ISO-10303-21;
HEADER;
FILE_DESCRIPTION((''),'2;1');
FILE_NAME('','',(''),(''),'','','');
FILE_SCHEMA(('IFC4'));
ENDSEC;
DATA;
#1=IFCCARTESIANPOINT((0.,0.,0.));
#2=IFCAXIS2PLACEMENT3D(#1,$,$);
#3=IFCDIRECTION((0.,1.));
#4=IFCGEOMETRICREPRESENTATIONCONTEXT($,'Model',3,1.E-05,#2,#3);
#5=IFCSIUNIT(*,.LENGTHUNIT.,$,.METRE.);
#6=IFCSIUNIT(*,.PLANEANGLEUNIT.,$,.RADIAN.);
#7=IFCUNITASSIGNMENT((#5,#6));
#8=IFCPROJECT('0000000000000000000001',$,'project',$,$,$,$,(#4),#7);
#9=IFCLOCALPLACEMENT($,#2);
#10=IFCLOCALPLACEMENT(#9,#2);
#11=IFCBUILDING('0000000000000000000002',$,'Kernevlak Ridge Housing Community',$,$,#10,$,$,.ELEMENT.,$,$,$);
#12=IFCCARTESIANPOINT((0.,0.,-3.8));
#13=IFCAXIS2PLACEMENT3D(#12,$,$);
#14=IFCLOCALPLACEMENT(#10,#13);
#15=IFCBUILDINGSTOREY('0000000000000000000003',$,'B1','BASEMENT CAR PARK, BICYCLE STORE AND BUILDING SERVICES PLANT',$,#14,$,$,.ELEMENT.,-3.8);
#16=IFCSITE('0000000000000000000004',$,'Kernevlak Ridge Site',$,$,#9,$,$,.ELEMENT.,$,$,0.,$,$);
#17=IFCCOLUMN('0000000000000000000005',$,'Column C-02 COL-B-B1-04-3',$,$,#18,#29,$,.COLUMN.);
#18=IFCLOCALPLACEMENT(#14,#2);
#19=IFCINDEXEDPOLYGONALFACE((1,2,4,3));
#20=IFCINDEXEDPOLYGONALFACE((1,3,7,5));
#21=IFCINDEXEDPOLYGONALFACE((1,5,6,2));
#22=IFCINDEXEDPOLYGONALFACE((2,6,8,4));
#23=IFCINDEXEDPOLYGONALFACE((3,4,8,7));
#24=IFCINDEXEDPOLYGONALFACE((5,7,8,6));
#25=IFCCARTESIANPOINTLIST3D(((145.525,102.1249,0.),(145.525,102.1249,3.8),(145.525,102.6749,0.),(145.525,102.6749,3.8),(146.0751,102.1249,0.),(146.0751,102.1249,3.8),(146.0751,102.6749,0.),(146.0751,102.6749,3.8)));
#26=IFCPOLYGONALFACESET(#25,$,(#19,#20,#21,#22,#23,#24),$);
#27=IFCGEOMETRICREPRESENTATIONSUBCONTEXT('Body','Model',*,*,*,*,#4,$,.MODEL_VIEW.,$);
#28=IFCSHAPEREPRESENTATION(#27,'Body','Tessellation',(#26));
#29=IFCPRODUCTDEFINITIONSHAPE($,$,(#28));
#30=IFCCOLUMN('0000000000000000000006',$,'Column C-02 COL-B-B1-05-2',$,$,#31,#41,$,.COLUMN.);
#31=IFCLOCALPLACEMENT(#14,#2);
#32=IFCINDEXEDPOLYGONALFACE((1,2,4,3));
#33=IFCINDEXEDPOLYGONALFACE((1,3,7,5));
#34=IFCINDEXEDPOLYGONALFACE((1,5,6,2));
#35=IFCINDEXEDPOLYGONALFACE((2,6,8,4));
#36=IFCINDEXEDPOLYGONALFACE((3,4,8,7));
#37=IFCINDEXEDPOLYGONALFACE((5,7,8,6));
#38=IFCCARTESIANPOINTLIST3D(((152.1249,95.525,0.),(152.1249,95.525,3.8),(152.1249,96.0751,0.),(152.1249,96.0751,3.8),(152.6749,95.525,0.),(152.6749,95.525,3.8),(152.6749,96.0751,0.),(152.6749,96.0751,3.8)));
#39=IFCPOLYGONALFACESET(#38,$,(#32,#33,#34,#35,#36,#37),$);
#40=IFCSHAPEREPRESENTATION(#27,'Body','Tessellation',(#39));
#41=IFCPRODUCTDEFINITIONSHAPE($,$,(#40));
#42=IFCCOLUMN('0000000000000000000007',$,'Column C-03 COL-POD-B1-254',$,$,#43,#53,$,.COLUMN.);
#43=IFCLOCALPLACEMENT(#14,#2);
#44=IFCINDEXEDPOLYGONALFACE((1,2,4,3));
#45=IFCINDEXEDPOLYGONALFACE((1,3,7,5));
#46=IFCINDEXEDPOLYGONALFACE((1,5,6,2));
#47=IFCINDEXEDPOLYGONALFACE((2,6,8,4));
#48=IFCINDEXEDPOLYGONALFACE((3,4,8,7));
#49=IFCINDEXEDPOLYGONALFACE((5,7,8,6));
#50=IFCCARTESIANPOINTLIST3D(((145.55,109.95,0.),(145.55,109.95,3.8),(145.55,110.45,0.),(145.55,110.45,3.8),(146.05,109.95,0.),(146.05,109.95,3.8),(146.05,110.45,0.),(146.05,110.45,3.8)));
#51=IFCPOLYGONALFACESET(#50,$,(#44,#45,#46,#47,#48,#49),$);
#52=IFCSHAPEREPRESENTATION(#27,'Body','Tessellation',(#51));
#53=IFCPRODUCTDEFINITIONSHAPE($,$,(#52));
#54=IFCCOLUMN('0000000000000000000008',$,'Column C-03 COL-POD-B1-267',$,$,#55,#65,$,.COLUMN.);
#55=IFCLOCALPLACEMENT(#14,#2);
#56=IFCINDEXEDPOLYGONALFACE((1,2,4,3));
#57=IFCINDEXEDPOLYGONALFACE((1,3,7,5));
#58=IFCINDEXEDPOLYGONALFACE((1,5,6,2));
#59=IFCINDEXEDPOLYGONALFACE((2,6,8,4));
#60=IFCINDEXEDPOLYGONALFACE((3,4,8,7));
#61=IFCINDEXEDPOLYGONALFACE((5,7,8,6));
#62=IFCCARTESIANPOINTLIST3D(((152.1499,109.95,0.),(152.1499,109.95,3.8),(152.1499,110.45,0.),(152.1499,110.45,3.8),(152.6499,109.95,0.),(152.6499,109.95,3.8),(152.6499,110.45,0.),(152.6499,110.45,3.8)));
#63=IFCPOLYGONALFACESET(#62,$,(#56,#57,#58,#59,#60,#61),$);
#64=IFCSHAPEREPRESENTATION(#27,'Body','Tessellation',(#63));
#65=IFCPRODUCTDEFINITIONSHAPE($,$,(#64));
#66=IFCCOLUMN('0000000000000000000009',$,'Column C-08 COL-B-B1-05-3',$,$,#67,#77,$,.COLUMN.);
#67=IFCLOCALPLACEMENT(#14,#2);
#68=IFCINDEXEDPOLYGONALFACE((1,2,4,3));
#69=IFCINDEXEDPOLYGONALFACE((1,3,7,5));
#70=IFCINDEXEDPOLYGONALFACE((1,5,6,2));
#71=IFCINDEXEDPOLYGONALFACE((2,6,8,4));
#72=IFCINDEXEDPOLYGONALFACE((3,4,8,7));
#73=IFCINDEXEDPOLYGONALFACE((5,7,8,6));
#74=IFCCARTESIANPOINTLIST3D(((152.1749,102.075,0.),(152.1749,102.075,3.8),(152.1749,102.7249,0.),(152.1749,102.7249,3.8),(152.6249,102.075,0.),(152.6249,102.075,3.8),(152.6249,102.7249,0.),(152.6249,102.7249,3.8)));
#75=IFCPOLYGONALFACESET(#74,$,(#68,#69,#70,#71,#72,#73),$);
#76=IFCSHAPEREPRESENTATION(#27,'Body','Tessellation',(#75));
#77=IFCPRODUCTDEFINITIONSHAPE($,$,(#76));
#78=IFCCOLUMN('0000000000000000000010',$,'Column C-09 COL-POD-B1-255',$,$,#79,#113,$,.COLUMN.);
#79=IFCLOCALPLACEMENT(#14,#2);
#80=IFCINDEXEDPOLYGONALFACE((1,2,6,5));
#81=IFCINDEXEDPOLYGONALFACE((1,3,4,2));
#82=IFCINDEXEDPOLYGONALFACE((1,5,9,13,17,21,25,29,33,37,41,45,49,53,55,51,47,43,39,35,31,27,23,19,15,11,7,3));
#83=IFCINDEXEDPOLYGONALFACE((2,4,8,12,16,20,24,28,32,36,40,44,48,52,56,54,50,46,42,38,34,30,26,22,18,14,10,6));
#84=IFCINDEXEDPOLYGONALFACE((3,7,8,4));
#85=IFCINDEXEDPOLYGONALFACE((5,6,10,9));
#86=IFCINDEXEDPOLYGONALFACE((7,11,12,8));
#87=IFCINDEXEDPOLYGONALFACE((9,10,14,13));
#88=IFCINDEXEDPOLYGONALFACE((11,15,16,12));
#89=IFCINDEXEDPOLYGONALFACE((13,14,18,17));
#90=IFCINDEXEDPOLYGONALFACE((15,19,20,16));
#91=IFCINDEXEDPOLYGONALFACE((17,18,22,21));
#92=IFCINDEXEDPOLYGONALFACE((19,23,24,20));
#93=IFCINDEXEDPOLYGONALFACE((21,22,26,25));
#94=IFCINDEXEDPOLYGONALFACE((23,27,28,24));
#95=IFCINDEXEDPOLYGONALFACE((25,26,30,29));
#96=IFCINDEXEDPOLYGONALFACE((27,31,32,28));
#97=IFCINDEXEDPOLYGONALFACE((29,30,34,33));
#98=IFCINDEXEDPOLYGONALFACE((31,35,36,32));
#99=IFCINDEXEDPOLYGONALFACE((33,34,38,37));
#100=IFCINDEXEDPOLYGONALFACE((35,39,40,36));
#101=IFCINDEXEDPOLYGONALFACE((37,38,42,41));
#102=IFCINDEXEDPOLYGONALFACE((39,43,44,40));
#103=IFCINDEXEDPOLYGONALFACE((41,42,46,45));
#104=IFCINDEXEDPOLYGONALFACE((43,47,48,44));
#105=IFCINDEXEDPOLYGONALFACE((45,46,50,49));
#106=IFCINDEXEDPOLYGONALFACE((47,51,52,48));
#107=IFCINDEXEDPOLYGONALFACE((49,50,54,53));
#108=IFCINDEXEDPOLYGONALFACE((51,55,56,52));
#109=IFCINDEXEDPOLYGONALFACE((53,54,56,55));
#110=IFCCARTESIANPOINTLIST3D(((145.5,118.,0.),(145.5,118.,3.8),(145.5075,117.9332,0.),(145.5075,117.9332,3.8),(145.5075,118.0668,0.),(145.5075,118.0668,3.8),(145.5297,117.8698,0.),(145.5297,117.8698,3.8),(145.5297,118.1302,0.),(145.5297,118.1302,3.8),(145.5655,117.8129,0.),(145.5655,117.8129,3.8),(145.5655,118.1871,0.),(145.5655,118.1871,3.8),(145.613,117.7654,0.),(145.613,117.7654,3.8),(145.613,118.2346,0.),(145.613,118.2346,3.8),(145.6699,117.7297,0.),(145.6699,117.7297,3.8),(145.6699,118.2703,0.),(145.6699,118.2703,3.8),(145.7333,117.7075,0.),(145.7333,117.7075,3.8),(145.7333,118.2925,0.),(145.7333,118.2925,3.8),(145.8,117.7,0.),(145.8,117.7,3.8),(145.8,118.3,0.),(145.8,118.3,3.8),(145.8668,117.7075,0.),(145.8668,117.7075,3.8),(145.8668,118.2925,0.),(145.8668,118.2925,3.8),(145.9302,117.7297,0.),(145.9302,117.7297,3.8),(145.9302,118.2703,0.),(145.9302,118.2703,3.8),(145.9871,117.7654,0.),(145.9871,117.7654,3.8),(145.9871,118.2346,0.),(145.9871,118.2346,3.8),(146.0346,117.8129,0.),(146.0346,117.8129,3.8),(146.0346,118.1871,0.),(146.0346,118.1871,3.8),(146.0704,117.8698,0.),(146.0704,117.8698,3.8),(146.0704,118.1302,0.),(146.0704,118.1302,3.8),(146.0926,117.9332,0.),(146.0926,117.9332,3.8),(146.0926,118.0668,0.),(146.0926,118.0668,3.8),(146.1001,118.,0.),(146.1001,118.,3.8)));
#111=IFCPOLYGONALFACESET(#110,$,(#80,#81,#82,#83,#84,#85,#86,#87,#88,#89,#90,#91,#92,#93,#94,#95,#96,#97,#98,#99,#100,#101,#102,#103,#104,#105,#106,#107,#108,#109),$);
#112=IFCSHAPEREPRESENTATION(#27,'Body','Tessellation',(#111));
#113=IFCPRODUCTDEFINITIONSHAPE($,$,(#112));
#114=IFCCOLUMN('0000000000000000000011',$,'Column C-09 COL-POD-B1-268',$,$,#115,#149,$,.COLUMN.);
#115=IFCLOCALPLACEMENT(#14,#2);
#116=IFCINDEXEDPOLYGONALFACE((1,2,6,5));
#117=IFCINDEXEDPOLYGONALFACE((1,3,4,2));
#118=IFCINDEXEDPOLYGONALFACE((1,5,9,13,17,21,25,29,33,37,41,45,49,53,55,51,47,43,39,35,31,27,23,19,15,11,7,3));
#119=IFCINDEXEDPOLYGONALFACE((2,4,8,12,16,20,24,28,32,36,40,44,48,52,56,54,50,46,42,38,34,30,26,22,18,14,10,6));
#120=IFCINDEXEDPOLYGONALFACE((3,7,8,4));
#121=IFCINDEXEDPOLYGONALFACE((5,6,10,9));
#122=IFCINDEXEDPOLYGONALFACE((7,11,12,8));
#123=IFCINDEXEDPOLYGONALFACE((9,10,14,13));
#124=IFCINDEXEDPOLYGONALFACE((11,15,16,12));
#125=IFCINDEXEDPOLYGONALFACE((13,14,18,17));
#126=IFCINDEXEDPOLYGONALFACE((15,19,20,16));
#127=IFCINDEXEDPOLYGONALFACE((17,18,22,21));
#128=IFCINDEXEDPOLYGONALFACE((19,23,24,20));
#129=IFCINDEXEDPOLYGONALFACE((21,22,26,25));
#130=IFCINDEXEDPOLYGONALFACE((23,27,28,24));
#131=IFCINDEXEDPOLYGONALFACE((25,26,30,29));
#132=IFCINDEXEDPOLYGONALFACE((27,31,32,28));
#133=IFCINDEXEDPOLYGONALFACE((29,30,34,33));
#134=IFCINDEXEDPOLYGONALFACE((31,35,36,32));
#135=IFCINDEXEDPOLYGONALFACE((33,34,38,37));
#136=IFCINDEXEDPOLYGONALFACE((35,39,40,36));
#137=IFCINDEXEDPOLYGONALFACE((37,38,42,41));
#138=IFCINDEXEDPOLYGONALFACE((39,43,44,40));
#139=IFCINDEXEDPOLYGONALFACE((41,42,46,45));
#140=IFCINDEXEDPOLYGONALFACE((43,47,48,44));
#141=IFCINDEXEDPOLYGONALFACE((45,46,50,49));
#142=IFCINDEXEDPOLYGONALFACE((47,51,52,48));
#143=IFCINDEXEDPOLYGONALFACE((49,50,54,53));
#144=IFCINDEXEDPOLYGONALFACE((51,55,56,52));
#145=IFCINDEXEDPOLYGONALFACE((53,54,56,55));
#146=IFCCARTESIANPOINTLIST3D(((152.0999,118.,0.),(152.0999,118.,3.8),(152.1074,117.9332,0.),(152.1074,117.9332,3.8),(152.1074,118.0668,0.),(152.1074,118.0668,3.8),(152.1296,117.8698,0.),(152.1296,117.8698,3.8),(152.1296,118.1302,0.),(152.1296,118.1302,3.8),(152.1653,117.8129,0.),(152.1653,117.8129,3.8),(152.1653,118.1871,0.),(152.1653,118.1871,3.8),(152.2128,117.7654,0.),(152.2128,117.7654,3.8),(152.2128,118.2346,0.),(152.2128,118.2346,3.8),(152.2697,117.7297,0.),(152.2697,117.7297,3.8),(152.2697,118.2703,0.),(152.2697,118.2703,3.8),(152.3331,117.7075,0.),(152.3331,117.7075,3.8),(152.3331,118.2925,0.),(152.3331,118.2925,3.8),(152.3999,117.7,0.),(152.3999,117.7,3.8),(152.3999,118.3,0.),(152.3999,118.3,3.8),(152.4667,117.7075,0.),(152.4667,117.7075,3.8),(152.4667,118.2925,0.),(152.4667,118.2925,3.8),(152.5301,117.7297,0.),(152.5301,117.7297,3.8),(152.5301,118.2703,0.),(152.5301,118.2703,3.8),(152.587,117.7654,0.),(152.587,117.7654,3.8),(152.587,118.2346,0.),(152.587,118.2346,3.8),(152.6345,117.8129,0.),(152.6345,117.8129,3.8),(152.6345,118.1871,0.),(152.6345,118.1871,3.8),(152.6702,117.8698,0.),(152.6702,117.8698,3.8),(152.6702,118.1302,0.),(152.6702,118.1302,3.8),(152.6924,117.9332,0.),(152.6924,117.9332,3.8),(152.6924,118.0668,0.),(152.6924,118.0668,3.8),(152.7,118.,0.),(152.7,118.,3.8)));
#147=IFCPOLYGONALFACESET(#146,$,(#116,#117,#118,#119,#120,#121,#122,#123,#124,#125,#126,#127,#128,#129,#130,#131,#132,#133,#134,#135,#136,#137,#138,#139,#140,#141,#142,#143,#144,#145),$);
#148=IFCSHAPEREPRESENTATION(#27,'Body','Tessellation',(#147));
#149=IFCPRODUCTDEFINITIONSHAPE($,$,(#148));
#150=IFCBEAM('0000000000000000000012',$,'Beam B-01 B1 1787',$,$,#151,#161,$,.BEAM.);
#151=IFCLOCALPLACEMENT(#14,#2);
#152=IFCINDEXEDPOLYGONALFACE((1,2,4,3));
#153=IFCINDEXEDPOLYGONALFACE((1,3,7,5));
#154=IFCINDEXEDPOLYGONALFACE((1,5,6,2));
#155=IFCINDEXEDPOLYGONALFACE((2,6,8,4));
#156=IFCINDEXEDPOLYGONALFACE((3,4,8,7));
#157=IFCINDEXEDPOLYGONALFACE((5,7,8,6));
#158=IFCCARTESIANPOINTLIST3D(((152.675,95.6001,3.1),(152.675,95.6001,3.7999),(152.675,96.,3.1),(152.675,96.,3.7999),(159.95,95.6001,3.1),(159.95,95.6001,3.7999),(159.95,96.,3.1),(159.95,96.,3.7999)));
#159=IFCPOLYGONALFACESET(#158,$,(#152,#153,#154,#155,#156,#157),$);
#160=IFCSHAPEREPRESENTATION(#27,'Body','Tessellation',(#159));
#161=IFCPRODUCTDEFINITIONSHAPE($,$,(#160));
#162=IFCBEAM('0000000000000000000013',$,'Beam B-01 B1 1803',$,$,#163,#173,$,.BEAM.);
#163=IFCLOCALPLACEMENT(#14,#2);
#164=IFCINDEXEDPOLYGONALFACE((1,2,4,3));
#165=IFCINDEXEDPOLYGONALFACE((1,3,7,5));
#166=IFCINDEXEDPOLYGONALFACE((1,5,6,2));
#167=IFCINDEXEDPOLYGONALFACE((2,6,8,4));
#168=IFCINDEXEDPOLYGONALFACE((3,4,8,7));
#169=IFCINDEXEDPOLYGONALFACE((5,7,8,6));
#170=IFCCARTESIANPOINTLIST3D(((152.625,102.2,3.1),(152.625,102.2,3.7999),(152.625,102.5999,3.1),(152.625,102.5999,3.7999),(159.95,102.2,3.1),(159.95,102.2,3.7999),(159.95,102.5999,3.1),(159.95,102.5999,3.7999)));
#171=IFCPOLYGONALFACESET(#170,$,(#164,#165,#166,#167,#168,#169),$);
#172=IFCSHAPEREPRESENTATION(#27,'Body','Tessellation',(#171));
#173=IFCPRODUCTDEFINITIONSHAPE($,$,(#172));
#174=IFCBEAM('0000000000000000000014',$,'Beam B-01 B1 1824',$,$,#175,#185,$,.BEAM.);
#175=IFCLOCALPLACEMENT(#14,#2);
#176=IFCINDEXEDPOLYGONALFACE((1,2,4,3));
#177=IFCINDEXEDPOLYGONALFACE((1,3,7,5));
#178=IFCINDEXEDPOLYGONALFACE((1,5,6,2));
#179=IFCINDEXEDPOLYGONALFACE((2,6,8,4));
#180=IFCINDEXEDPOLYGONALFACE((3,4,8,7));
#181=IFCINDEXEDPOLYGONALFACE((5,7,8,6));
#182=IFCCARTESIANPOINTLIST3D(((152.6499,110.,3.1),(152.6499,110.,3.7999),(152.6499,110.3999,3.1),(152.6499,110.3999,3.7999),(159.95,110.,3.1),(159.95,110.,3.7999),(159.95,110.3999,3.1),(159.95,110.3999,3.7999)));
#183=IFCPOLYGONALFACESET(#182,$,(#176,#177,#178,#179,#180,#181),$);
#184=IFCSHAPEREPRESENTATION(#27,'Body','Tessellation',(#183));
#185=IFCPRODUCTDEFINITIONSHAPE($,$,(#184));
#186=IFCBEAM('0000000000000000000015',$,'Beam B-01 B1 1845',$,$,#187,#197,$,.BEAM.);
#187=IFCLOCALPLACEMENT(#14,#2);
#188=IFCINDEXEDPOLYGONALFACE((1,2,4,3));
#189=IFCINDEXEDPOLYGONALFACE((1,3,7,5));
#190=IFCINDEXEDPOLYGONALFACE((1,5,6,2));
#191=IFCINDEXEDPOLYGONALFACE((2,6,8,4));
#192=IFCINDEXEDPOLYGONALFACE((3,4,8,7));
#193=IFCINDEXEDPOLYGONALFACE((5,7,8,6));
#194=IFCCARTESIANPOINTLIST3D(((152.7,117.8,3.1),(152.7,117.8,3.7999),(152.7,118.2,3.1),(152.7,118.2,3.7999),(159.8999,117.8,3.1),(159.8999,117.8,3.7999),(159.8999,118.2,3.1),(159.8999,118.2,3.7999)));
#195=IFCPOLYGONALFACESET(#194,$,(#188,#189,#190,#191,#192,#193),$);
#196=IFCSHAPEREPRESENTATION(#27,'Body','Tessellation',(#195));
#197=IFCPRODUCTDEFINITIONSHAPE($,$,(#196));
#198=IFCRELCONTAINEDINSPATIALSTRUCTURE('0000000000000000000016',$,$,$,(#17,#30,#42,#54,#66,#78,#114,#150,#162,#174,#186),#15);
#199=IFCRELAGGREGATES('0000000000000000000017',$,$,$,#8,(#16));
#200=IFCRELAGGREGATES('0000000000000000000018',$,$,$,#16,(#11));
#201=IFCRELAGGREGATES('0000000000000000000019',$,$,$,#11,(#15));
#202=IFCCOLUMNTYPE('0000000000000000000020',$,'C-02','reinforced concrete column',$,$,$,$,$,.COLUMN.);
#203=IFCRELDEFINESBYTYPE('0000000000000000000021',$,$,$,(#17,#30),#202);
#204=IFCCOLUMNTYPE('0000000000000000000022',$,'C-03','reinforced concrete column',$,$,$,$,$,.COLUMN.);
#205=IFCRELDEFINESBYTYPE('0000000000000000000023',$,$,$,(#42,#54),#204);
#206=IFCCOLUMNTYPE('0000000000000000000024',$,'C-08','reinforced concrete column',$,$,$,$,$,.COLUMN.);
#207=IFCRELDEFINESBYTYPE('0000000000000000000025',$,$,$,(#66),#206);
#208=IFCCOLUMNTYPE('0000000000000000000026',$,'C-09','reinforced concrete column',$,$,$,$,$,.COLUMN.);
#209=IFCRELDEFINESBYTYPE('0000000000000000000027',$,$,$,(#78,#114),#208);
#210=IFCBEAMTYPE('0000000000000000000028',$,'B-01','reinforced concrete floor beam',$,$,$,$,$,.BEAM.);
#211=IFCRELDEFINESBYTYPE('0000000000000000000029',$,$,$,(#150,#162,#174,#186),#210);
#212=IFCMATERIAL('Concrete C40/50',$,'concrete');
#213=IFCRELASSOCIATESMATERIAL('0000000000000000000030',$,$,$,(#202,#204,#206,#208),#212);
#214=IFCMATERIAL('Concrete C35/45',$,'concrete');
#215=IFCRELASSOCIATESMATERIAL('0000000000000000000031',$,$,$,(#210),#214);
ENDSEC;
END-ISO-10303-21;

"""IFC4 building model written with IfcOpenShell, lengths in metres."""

from ifc_helpers import new_model, si_unit, direction, frame, origin, origin_2d, place, context, subcontext, project, spatial, rectangle, circle, extrude, material, material_profile, profile_set, type_object, element, save


model = new_model("IFC4")

# Units and contexts
model_context = context("Model", 3, precision=1e-05, world=origin(), true_north=direction((0.0, 1.0)))
body_context = subcontext(model_context, "Body", "Model", "MODEL_VIEW")
ifc_project = project(units=[si_unit("LENGTHUNIT", "METRE"), si_unit("PLANEANGLEUNIT", "RADIAN")], contexts=[model_context])

# Site, building, storey
site_placement = place(None, origin())
site = spatial("IfcSite", under=ifc_project, at=site_placement, Name="Kernevlak Ridge Site", CompositionType="ELEMENT", RefElevation=0.0)
building_placement = place(site_placement, origin())
building = spatial("IfcBuilding", under=site, at=building_placement, Name="Kernevlak Ridge Housing Community", CompositionType="ELEMENT")
storey_placement = place(building_placement, frame((0.0, 0.0, -3.8)))
storey = spatial("IfcBuildingStorey", under=building, at=storey_placement, Name="B1", Description="BASEMENT CAR PARK, BICYCLE STORE AND BUILDING SERVICES PLANT", CompositionType="ELEMENT", Elevation=-3.8)

# Shared definitions
ifc_material_1 = material(Name="Concrete C35/45", Category="concrete")

# Columns
ifc_material_2 = material(Name="Concrete C40/50", Category="concrete")
ifc_material_profile_1 = material_profile(ifc_material_2, rectangle(XDim=0.55, YDim=0.55, at=origin_2d()), Name="RC 550x550")
ifc_profile_set_1 = profile_set([ifc_material_profile_1], Name="Concrete C40/50")
column_type_1 = type_object("IfcColumnType", Name="C-02", Description="reinforced concrete column", PredefinedType="COLUMN", material=ifc_profile_set_1)
for number, where, z_axis, x_axis, name in (
    (1, (145.8, 102.3999, 0.0), (0.0, 0.0, 1.0), (1.0, 0.0, 0.0), "Column C-02 COL-B-B1-04-3"),
    (2, (152.3999, 95.8, 0.0), (0.0, 0.0, 1.0), (1.0, 0.0, 0.0), "Column C-02 COL-B-B1-05-2"),
):
    element("IfcColumn", number, at=place(storey_placement, frame(where, z_axis=z_axis, x_axis=x_axis)), inside=storey, type_object=column_type_1, Name=name, PredefinedType="COLUMN", context=body_context, shape_type="SweptSolid", body=[
        extrude(rectangle(XDim=0.55, YDim=0.55, at=origin_2d()), origin(), (0.0, 0.0, 1.0), 3.8),
    ])
ifc_material_profile_2 = material_profile(ifc_material_2, rectangle(XDim=0.5, YDim=0.5, at=origin_2d()), Name="RC 500x500")
ifc_profile_set_2 = profile_set([ifc_material_profile_2], Name="Concrete C40/50")
column_type_2 = type_object("IfcColumnType", Name="C-03", Description="reinforced concrete column", PredefinedType="COLUMN", material=ifc_profile_set_2)
for number, where, z_axis, x_axis, name in (
    (3, (145.8, 110.2, 0.0), (0.0, 0.0, 1.0), (1.0, 0.0, 0.0), "Column C-03 COL-POD-B1-254"),
    (4, (152.3999, 110.2, 0.0), (0.0, 0.0, 1.0), (1.0, 0.0, 0.0), "Column C-03 COL-POD-B1-267"),
):
    element("IfcColumn", number, at=place(storey_placement, frame(where, z_axis=z_axis, x_axis=x_axis)), inside=storey, type_object=column_type_2, Name=name, PredefinedType="COLUMN", context=body_context, shape_type="SweptSolid", body=[
        extrude(rectangle(XDim=0.5, YDim=0.5, at=origin_2d()), origin(), (0.0, 0.0, 1.0), 3.8),
    ])
ifc_material_profile_3 = material_profile(ifc_material_2, rectangle(XDim=0.45, YDim=0.6499, at=origin_2d()), Name="RC 450x650")
ifc_profile_set_3 = profile_set([ifc_material_profile_3], Name="Concrete C40/50")
column_type_3 = type_object("IfcColumnType", Name="C-08", Description="reinforced concrete column", PredefinedType="COLUMN", material=ifc_profile_set_3)
column_placement = place(storey_placement, frame((152.3999, 102.3999, 0.0), z_axis=(0.0, 0.0, 1.0), x_axis=(1.0, 0.0, 0.0)))
element("IfcColumn", 5, at=column_placement, inside=storey, type_object=column_type_3, Name="Column C-08 COL-B-B1-05-3", PredefinedType="COLUMN", context=body_context, shape_type="SweptSolid", body=[
    extrude(rectangle(XDim=0.45, YDim=0.6499, at=origin_2d()), origin(), (0.0, 0.0, 1.0), 3.8),
])
ifc_material_profile_4 = material_profile(ifc_material_2, circle(Radius=0.3, at=origin_2d()), Name="RC D600")
ifc_profile_set_4 = profile_set([ifc_material_profile_4], Name="Concrete C40/50")
column_type_4 = type_object("IfcColumnType", Name="C-09", Description="reinforced concrete column", PredefinedType="COLUMN", material=ifc_profile_set_4)
for number, where, z_axis, x_axis, name in (
    (6, (145.8, 118.0, 0.0), (0.0, 0.0, 1.0), (1.0, 0.0, 0.0), "Column C-09 COL-POD-B1-255"),
    (7, (152.3999, 118.0, 0.0), (0.0, 0.0, 1.0), (1.0, 0.0, 0.0), "Column C-09 COL-POD-B1-268"),
):
    element("IfcColumn", number, at=place(storey_placement, frame(where, z_axis=z_axis, x_axis=x_axis)), inside=storey, type_object=column_type_4, Name=name, PredefinedType="COLUMN", context=body_context, shape_type="SweptSolid", body=[
        extrude(circle(Radius=0.3, at=origin_2d()), origin(), (0.0, 0.0, 1.0), 3.8),
    ])

# Beams
ifc_material_profile_5 = material_profile(ifc_material_1, rectangle(XDim=0.3999, YDim=0.7, at=origin_2d()), Name="RC 400x700")
ifc_profile_set_5 = profile_set([ifc_material_profile_5], Name="Concrete C35/45")
beam_type_1 = type_object("IfcBeamType", Name="B-01", Description="reinforced concrete floor beam", PredefinedType="BEAM", material=ifc_profile_set_5)
beam_1_placement = place(storey_placement, frame((152.675, 95.8, 3.45), z_axis=(1.0, 0.0, 0.0), x_axis=(0.0, 1.0, 0.0)))
element("IfcBeam", 8, at=beam_1_placement, inside=storey, type_object=beam_type_1, Name="Beam B-01 B1 1787", PredefinedType="BEAM", context=body_context, shape_type="SweptSolid", body=[
    extrude(rectangle(XDim=0.3999, YDim=0.7, at=origin_2d()), origin(), (0.0, 0.0, 1.0), 7.2749),
])
beam_2_placement = place(storey_placement, frame((152.625, 102.3999, 3.45), z_axis=(1.0, 0.0, 0.0), x_axis=(0.0, 1.0, 0.0)))
element("IfcBeam", 9, at=beam_2_placement, inside=storey, type_object=beam_type_1, Name="Beam B-01 B1 1803", PredefinedType="BEAM", context=body_context, shape_type="SweptSolid", body=[
    extrude(rectangle(XDim=0.3999, YDim=0.7, at=origin_2d()), origin(), (0.0, 0.0, 1.0), 7.325),
])
beam_3_placement = place(storey_placement, frame((152.6499, 110.2, 3.45), z_axis=(1.0, 0.0, 0.0), x_axis=(0.0, 1.0, 0.0)))
element("IfcBeam", 10, at=beam_3_placement, inside=storey, type_object=beam_type_1, Name="Beam B-01 B1 1824", PredefinedType="BEAM", context=body_context, shape_type="SweptSolid", body=[
    extrude(rectangle(XDim=0.3999, YDim=0.7, at=origin_2d()), origin(), (0.0, 0.0, 1.0), 7.3),
])
beam_4_placement = place(storey_placement, frame((152.7, 118.0, 3.45), z_axis=(1.0, 0.0, 0.0), x_axis=(0.0, 1.0, 0.0)))
element("IfcBeam", 11, at=beam_4_placement, inside=storey, type_object=beam_type_1, Name="Beam B-01 B1 1845", PredefinedType="BEAM", context=body_context, shape_type="SweptSolid", body=[
    extrude(rectangle(XDim=0.3999, YDim=0.7, at=origin_2d()), origin(), (0.0, 0.0, 1.0), 7.2),
])

save(model, "model.ifc")
